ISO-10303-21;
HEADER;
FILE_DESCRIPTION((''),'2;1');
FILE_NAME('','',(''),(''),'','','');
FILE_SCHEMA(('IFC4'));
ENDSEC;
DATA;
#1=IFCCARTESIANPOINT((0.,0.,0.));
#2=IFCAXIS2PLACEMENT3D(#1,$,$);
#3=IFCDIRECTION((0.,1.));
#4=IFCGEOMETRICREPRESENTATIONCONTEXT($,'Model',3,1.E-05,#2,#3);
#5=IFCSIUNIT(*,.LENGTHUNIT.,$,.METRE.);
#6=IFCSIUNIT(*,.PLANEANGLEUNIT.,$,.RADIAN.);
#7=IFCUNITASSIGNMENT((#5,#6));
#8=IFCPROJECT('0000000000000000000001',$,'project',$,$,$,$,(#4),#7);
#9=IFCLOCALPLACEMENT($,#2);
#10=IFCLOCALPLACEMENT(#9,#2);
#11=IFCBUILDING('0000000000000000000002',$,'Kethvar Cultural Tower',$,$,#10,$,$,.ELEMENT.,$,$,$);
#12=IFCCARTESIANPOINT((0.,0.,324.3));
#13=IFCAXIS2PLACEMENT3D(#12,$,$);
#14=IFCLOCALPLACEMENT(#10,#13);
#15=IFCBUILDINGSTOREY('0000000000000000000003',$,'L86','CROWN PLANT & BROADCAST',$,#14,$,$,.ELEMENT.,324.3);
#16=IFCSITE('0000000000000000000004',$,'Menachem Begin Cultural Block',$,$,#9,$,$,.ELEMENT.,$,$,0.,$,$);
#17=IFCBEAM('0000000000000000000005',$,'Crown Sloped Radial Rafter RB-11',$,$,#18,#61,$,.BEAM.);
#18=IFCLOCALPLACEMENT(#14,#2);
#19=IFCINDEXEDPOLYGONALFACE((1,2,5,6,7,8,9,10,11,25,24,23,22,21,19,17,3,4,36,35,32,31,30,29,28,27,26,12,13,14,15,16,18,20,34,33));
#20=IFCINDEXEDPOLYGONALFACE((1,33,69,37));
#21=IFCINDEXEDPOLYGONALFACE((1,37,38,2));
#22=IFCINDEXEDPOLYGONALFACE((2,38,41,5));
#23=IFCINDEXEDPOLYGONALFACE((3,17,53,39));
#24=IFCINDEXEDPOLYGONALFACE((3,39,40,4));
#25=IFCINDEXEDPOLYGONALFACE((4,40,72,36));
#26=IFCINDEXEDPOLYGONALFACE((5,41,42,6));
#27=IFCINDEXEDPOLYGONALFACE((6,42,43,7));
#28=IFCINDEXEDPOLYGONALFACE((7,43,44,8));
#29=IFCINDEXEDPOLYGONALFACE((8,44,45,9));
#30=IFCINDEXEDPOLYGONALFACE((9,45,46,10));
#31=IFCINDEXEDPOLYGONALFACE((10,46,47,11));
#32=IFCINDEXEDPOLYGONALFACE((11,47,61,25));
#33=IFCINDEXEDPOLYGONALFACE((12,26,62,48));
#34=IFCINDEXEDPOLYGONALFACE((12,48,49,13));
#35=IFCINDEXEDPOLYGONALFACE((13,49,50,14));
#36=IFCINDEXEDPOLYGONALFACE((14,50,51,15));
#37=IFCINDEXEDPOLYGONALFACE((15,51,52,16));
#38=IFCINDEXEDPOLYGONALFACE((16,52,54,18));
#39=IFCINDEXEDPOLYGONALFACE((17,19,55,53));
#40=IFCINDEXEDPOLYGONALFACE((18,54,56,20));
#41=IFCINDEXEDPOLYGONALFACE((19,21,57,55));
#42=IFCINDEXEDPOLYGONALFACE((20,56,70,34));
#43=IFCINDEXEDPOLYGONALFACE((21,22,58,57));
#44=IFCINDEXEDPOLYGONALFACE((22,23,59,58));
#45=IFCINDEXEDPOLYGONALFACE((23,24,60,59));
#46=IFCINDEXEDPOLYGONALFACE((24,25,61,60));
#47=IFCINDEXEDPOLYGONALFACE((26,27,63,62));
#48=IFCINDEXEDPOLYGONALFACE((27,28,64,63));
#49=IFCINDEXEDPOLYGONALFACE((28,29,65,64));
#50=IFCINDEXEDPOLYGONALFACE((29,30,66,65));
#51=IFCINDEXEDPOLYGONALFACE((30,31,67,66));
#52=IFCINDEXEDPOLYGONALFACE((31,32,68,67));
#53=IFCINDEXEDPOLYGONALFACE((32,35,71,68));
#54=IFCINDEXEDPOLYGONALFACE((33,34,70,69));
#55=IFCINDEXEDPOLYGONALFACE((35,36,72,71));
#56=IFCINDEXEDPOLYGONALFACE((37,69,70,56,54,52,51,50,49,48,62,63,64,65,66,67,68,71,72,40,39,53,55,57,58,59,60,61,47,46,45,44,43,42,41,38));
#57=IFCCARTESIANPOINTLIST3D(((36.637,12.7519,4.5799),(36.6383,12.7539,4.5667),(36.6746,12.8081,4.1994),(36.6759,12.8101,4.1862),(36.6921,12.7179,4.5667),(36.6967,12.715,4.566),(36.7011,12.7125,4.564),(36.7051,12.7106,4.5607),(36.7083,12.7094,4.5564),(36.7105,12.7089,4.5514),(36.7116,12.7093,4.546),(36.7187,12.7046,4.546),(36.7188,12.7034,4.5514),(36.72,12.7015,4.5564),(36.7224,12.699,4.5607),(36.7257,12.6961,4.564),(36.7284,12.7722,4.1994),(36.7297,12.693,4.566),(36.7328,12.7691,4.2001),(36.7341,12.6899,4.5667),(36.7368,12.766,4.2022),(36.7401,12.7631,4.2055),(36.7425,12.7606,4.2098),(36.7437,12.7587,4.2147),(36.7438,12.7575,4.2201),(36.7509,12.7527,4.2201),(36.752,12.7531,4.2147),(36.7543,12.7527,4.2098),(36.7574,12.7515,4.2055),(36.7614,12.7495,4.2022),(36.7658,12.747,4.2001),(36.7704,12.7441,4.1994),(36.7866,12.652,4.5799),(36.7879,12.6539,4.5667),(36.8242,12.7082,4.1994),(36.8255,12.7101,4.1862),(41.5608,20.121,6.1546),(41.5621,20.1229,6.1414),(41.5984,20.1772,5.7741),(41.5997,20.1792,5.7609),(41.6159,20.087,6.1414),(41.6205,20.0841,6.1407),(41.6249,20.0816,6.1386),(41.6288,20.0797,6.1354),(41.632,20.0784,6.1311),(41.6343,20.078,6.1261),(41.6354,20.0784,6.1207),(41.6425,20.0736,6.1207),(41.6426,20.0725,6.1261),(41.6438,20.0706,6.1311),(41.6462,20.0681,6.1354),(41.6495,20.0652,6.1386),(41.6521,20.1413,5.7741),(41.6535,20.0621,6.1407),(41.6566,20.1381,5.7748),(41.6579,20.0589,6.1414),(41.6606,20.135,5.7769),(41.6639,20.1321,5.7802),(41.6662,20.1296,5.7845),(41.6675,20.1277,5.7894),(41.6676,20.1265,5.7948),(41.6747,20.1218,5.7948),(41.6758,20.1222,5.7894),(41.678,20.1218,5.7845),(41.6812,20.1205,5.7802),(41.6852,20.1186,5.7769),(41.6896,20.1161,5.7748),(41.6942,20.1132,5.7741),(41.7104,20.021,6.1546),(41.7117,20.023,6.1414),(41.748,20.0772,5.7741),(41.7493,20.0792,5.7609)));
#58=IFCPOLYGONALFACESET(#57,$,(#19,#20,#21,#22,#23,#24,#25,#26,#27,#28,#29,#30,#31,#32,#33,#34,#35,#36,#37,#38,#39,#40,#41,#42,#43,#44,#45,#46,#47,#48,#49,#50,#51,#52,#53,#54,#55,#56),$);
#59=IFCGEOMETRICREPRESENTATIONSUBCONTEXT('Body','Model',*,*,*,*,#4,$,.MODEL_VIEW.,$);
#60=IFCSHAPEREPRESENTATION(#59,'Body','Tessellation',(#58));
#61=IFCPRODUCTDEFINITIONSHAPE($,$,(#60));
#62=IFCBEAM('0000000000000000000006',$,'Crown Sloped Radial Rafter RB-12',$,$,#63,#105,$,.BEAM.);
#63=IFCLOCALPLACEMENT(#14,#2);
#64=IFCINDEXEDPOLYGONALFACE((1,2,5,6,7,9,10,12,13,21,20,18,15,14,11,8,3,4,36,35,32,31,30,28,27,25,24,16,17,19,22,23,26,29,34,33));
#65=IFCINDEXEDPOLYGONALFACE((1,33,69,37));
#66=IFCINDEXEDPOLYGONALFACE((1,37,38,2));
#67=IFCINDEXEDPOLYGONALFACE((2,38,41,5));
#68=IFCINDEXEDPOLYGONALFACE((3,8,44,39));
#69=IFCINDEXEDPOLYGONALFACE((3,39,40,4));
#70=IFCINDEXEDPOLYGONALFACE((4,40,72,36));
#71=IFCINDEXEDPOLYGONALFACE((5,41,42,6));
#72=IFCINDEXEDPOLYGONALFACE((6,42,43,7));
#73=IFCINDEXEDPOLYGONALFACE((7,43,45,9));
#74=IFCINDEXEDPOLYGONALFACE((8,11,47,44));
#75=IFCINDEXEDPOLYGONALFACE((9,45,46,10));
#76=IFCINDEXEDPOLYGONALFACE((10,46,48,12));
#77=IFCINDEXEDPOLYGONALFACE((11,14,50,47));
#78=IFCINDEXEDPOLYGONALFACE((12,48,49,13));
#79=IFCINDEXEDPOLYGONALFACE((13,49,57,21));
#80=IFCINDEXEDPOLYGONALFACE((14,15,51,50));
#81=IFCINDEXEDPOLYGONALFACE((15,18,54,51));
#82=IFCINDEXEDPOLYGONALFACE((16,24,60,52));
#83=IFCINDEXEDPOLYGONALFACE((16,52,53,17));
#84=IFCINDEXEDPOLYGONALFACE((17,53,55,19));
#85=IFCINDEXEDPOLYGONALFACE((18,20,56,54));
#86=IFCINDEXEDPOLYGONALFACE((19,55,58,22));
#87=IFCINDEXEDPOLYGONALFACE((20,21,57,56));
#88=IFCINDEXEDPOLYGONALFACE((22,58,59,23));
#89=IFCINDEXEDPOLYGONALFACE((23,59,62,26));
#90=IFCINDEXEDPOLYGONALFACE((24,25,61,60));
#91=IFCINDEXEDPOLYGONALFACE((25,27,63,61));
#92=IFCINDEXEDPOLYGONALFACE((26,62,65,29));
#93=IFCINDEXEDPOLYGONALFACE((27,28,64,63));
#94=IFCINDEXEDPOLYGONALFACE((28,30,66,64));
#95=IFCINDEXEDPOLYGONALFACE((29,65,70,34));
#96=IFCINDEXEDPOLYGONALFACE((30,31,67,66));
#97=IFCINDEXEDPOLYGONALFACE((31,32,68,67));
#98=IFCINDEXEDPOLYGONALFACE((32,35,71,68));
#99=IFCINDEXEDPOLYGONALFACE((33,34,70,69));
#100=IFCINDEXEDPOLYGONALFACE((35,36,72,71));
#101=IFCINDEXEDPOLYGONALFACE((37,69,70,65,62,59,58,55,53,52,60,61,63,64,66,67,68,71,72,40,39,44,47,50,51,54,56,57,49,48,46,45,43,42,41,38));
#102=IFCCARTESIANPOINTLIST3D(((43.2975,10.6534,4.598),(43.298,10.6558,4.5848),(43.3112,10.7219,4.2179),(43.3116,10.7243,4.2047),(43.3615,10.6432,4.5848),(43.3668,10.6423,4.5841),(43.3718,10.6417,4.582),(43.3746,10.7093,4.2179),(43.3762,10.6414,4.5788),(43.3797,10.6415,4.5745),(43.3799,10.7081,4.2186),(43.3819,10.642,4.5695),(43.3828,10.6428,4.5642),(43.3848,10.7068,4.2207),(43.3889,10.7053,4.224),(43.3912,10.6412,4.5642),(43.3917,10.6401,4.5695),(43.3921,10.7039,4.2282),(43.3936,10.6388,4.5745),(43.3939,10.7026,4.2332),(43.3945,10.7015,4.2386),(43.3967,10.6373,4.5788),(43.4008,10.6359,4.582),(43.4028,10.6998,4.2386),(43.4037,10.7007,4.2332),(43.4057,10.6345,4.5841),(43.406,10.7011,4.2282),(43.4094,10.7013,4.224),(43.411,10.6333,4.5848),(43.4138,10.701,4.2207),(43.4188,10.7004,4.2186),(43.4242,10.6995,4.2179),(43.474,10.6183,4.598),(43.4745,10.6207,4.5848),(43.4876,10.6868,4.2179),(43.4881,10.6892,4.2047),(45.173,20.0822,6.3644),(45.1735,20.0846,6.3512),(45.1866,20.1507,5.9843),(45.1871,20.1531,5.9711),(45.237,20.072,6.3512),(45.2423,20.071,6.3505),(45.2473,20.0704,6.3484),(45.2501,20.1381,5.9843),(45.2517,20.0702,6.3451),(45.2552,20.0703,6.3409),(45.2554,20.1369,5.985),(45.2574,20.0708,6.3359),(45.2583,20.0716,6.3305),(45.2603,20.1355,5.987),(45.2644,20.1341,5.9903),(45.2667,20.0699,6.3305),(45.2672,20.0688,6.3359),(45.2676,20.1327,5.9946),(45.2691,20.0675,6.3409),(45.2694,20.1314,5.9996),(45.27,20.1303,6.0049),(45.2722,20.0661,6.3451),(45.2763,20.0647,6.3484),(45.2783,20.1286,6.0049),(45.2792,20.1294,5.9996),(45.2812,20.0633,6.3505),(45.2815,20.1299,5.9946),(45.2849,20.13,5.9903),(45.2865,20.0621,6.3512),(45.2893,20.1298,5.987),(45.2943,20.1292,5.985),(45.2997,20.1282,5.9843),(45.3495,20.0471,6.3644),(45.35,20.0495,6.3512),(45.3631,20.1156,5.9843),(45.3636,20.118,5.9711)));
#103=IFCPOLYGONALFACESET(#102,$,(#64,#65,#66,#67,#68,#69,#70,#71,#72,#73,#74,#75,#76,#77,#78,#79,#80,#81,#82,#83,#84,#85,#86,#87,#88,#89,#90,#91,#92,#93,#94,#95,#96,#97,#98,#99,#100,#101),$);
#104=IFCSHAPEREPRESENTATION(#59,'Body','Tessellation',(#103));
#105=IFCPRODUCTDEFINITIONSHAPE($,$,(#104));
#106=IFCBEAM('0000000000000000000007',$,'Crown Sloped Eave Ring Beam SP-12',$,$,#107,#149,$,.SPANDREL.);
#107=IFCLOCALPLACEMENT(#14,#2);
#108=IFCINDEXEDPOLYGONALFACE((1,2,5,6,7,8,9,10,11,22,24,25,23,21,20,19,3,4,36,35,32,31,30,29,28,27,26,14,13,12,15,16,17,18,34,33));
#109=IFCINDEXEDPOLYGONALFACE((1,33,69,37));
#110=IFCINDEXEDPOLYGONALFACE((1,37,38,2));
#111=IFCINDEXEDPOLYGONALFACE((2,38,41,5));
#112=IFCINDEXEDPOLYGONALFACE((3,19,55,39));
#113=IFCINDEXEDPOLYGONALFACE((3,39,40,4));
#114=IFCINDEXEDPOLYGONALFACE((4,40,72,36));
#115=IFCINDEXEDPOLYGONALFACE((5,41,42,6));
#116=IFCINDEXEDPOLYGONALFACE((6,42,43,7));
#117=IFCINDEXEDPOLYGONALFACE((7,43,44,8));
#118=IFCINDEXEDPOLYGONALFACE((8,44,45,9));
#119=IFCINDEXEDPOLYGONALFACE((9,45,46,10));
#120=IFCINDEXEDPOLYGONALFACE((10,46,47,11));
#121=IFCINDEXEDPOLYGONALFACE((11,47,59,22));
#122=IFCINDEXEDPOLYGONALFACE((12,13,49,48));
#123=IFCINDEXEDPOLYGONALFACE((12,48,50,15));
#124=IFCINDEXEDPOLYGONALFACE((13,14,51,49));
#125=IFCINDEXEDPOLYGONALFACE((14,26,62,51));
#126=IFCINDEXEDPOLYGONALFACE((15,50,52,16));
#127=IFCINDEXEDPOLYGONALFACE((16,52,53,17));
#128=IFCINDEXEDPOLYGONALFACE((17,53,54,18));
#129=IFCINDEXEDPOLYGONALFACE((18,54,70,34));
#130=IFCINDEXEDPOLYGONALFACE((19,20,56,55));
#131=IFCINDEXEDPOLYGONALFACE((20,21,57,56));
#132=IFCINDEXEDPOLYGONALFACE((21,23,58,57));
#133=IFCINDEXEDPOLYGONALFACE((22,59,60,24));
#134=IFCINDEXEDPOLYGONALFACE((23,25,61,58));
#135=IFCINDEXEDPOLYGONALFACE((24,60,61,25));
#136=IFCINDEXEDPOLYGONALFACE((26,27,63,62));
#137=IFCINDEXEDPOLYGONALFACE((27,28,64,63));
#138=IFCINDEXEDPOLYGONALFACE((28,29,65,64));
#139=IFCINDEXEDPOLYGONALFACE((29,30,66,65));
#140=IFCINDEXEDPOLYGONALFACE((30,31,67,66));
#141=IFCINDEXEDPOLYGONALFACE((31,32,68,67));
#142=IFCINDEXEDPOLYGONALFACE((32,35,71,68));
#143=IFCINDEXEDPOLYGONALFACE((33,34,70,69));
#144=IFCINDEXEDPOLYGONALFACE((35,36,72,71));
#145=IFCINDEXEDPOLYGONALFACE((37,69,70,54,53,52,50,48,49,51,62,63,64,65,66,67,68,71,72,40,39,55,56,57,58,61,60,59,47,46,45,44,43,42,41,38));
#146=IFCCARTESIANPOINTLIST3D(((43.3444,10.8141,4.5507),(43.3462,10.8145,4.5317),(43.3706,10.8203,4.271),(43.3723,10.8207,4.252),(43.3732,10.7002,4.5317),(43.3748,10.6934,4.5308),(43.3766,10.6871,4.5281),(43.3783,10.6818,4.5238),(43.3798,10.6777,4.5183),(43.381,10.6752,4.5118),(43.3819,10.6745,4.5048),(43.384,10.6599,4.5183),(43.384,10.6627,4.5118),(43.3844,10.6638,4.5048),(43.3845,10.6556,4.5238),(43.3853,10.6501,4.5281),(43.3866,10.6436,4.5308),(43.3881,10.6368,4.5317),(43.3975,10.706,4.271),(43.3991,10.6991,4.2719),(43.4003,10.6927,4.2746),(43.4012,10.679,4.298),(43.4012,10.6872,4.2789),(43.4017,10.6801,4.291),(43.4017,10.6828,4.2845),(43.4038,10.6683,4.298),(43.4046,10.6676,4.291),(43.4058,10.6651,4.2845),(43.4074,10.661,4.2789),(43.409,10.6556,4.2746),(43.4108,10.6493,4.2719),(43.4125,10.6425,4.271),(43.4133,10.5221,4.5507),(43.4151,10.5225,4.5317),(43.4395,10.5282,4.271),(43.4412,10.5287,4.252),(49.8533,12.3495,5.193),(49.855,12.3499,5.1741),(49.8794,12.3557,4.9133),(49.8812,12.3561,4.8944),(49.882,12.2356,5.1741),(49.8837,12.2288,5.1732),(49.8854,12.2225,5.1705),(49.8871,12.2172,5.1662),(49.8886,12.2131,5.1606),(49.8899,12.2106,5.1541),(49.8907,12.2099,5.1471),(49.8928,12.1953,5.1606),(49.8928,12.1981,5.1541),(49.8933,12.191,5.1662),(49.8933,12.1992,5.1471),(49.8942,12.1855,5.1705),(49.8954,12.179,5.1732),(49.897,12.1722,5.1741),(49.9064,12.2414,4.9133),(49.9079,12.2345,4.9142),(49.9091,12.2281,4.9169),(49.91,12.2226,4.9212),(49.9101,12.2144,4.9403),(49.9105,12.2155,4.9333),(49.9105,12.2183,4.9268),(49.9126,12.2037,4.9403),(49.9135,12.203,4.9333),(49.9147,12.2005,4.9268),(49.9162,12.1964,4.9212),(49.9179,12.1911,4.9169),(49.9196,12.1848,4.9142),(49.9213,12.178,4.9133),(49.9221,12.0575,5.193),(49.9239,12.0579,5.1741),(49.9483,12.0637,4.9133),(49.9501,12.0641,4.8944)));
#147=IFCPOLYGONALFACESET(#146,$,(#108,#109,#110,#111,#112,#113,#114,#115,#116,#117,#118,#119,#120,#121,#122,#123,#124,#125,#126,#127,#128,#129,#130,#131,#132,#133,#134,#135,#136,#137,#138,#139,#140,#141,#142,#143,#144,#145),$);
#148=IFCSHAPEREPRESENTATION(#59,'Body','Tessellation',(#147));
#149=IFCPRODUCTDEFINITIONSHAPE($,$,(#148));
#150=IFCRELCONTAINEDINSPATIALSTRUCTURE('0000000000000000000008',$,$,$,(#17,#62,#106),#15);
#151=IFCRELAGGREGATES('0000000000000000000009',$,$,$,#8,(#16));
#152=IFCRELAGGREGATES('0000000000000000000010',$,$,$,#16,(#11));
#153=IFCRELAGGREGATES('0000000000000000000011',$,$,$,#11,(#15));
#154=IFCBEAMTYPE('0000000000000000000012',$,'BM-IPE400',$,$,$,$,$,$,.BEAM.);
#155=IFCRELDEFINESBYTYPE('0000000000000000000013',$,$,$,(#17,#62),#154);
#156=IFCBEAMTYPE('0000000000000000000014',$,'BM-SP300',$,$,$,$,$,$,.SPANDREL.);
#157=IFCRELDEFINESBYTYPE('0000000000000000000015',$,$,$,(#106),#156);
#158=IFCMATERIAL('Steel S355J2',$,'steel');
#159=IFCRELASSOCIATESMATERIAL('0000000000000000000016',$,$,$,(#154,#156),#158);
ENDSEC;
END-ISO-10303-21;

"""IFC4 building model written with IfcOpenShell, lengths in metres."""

from ifc_helpers import new_model, si_unit, direction, frame, origin, origin_2d, place, context, subcontext, project, spatial, i_section, extrude, source, transform, mapped, material, material_profile, profile_set, type_object, element, save


model = new_model("IFC4")

# Units and contexts
model_context = context("Model", 3, precision=1e-05, world=origin(), true_north=direction((0.0, 1.0)))
body_context = subcontext(model_context, "Body", "Model", "MODEL_VIEW")
ifc_project = project(units=[si_unit("LENGTHUNIT", "METRE"), si_unit("PLANEANGLEUNIT", "RADIAN")], contexts=[model_context])

# Site, building, storey
site_placement = place(None, origin())
site = spatial("IfcSite", under=ifc_project, at=site_placement, Name="Menachem Begin Cultural Block", CompositionType="ELEMENT", RefElevation=0.0)
building_placement = place(site_placement, origin())
building = spatial("IfcBuilding", under=site, at=building_placement, Name="Kethvar Cultural Tower", CompositionType="ELEMENT")
storey_placement = place(building_placement, frame((0.0, 0.0, 324.3)))
storey = spatial("IfcBuildingStorey", under=building, at=storey_placement, Name="L86", Description="CROWN PLANT & BROADCAST", CompositionType="ELEMENT", Elevation=324.3)

# Beams
ifc_material_1 = material(Name="Steel S355J2", Category="steel")
ifc_material_profile_1 = material_profile(ifc_material_1, i_section(OverallWidth=0.1799, OverallDepth=0.3999, WebThickness=0.0085, FlangeThickness=0.0134, FilletRadius=0.021, at=origin_2d()), Name="Steel S355J2 — IPE400")
ifc_profile_set_1 = profile_set([ifc_material_profile_1], Name="Steel S355J2 — IPE400")
beam_type_1 = type_object("IfcBeamType", Name="BM-IPE400", PredefinedType="BEAM", material=ifc_profile_set_1)
shared_shape_1 = source(origin(), body_context, "Body", "SweptSolid", [
    extrude(i_section(OverallWidth=0.1799, OverallDepth=0.3999, WebThickness=0.0085, FlangeThickness=0.0134, FilletRadius=0.021, at=origin_2d()), origin(), (0.0, 0.0, 1.0), 9.0015),
])
beam_1_placement = place(storey_placement, frame((41.655, 20.1001, 5.9578), z_axis=(-0.546997, -0.818652, -0.174937), x_axis=(0.831473, -0.555564, 0.0)))
element("IfcBeam", 1, at=beam_1_placement, inside=storey, type_object=beam_type_1, Name="Crown Sloped Radial Rafter RB-11", PredefinedType="BEAM", context=body_context, shape_type="MappedRepresentation", body=[
    mapped(shared_shape_1, transform((0.0, 0.0, 0.0), scale=1.0)),
])
shared_shape_2 = source(origin(), body_context, "Body", "SweptSolid", [
    extrude(i_section(OverallWidth=0.1799, OverallDepth=0.3999, WebThickness=0.0085, FlangeThickness=0.0134, FilletRadius=0.021, at=origin_2d()), origin(), (0.0, 0.0, 1.0), 9.7744),
])
beam_2_placement = place(storey_placement, frame((45.2683, 20.1001, 6.1677), z_axis=(-0.191878, -0.964637, -0.180713), x_axis=(0.980785, -0.19509, 0.0)))
element("IfcBeam", 2, at=beam_2_placement, inside=storey, type_object=beam_type_1, Name="Crown Sloped Radial Rafter RB-12", PredefinedType="BEAM", context=body_context, shape_type="MappedRepresentation", body=[
    mapped(shared_shape_2, transform((0.0, 0.0, 0.0), scale=1.0)),
])
ifc_material_profile_2 = material_profile(ifc_material_1, i_section(OverallWidth=0.3, OverallDepth=0.3, WebThickness=0.011, FlangeThickness=0.019, FilletRadius=0.0271, at=origin_2d()), Name="Steel S355J2 — HEB300")
ifc_profile_set_2 = profile_set([ifc_material_profile_2], Name="Steel S355J2 — HEB300")
beam_type_2 = type_object("IfcBeamType", Name="BM-SP300", PredefinedType="SPANDREL", material=ifc_profile_set_2)
shared_shape_3 = source(origin(), body_context, "Body", "SweptSolid", [
    extrude(i_section(OverallWidth=0.3, OverallDepth=0.3, WebThickness=0.011, FlangeThickness=0.019, FilletRadius=0.0271, at=origin_2d()), origin(), (0.0, 0.0, 1.0), 6.7183),
])
beam_3_placement = place(storey_placement, frame((43.3928, 10.6714, 4.4014), z_axis=(0.968827, 0.228543, 0.095611), x_axis=(-0.229595, 0.973286, 0.0)))
element("IfcBeam", 3, at=beam_3_placement, inside=storey, type_object=beam_type_2, Name="Crown Sloped Eave Ring Beam SP-12", PredefinedType="SPANDREL", context=body_context, shape_type="MappedRepresentation", body=[
    mapped(shared_shape_3, transform((0.0, 0.0, 0.0), scale=1.0)),
])

save(model, "model.ifc")
